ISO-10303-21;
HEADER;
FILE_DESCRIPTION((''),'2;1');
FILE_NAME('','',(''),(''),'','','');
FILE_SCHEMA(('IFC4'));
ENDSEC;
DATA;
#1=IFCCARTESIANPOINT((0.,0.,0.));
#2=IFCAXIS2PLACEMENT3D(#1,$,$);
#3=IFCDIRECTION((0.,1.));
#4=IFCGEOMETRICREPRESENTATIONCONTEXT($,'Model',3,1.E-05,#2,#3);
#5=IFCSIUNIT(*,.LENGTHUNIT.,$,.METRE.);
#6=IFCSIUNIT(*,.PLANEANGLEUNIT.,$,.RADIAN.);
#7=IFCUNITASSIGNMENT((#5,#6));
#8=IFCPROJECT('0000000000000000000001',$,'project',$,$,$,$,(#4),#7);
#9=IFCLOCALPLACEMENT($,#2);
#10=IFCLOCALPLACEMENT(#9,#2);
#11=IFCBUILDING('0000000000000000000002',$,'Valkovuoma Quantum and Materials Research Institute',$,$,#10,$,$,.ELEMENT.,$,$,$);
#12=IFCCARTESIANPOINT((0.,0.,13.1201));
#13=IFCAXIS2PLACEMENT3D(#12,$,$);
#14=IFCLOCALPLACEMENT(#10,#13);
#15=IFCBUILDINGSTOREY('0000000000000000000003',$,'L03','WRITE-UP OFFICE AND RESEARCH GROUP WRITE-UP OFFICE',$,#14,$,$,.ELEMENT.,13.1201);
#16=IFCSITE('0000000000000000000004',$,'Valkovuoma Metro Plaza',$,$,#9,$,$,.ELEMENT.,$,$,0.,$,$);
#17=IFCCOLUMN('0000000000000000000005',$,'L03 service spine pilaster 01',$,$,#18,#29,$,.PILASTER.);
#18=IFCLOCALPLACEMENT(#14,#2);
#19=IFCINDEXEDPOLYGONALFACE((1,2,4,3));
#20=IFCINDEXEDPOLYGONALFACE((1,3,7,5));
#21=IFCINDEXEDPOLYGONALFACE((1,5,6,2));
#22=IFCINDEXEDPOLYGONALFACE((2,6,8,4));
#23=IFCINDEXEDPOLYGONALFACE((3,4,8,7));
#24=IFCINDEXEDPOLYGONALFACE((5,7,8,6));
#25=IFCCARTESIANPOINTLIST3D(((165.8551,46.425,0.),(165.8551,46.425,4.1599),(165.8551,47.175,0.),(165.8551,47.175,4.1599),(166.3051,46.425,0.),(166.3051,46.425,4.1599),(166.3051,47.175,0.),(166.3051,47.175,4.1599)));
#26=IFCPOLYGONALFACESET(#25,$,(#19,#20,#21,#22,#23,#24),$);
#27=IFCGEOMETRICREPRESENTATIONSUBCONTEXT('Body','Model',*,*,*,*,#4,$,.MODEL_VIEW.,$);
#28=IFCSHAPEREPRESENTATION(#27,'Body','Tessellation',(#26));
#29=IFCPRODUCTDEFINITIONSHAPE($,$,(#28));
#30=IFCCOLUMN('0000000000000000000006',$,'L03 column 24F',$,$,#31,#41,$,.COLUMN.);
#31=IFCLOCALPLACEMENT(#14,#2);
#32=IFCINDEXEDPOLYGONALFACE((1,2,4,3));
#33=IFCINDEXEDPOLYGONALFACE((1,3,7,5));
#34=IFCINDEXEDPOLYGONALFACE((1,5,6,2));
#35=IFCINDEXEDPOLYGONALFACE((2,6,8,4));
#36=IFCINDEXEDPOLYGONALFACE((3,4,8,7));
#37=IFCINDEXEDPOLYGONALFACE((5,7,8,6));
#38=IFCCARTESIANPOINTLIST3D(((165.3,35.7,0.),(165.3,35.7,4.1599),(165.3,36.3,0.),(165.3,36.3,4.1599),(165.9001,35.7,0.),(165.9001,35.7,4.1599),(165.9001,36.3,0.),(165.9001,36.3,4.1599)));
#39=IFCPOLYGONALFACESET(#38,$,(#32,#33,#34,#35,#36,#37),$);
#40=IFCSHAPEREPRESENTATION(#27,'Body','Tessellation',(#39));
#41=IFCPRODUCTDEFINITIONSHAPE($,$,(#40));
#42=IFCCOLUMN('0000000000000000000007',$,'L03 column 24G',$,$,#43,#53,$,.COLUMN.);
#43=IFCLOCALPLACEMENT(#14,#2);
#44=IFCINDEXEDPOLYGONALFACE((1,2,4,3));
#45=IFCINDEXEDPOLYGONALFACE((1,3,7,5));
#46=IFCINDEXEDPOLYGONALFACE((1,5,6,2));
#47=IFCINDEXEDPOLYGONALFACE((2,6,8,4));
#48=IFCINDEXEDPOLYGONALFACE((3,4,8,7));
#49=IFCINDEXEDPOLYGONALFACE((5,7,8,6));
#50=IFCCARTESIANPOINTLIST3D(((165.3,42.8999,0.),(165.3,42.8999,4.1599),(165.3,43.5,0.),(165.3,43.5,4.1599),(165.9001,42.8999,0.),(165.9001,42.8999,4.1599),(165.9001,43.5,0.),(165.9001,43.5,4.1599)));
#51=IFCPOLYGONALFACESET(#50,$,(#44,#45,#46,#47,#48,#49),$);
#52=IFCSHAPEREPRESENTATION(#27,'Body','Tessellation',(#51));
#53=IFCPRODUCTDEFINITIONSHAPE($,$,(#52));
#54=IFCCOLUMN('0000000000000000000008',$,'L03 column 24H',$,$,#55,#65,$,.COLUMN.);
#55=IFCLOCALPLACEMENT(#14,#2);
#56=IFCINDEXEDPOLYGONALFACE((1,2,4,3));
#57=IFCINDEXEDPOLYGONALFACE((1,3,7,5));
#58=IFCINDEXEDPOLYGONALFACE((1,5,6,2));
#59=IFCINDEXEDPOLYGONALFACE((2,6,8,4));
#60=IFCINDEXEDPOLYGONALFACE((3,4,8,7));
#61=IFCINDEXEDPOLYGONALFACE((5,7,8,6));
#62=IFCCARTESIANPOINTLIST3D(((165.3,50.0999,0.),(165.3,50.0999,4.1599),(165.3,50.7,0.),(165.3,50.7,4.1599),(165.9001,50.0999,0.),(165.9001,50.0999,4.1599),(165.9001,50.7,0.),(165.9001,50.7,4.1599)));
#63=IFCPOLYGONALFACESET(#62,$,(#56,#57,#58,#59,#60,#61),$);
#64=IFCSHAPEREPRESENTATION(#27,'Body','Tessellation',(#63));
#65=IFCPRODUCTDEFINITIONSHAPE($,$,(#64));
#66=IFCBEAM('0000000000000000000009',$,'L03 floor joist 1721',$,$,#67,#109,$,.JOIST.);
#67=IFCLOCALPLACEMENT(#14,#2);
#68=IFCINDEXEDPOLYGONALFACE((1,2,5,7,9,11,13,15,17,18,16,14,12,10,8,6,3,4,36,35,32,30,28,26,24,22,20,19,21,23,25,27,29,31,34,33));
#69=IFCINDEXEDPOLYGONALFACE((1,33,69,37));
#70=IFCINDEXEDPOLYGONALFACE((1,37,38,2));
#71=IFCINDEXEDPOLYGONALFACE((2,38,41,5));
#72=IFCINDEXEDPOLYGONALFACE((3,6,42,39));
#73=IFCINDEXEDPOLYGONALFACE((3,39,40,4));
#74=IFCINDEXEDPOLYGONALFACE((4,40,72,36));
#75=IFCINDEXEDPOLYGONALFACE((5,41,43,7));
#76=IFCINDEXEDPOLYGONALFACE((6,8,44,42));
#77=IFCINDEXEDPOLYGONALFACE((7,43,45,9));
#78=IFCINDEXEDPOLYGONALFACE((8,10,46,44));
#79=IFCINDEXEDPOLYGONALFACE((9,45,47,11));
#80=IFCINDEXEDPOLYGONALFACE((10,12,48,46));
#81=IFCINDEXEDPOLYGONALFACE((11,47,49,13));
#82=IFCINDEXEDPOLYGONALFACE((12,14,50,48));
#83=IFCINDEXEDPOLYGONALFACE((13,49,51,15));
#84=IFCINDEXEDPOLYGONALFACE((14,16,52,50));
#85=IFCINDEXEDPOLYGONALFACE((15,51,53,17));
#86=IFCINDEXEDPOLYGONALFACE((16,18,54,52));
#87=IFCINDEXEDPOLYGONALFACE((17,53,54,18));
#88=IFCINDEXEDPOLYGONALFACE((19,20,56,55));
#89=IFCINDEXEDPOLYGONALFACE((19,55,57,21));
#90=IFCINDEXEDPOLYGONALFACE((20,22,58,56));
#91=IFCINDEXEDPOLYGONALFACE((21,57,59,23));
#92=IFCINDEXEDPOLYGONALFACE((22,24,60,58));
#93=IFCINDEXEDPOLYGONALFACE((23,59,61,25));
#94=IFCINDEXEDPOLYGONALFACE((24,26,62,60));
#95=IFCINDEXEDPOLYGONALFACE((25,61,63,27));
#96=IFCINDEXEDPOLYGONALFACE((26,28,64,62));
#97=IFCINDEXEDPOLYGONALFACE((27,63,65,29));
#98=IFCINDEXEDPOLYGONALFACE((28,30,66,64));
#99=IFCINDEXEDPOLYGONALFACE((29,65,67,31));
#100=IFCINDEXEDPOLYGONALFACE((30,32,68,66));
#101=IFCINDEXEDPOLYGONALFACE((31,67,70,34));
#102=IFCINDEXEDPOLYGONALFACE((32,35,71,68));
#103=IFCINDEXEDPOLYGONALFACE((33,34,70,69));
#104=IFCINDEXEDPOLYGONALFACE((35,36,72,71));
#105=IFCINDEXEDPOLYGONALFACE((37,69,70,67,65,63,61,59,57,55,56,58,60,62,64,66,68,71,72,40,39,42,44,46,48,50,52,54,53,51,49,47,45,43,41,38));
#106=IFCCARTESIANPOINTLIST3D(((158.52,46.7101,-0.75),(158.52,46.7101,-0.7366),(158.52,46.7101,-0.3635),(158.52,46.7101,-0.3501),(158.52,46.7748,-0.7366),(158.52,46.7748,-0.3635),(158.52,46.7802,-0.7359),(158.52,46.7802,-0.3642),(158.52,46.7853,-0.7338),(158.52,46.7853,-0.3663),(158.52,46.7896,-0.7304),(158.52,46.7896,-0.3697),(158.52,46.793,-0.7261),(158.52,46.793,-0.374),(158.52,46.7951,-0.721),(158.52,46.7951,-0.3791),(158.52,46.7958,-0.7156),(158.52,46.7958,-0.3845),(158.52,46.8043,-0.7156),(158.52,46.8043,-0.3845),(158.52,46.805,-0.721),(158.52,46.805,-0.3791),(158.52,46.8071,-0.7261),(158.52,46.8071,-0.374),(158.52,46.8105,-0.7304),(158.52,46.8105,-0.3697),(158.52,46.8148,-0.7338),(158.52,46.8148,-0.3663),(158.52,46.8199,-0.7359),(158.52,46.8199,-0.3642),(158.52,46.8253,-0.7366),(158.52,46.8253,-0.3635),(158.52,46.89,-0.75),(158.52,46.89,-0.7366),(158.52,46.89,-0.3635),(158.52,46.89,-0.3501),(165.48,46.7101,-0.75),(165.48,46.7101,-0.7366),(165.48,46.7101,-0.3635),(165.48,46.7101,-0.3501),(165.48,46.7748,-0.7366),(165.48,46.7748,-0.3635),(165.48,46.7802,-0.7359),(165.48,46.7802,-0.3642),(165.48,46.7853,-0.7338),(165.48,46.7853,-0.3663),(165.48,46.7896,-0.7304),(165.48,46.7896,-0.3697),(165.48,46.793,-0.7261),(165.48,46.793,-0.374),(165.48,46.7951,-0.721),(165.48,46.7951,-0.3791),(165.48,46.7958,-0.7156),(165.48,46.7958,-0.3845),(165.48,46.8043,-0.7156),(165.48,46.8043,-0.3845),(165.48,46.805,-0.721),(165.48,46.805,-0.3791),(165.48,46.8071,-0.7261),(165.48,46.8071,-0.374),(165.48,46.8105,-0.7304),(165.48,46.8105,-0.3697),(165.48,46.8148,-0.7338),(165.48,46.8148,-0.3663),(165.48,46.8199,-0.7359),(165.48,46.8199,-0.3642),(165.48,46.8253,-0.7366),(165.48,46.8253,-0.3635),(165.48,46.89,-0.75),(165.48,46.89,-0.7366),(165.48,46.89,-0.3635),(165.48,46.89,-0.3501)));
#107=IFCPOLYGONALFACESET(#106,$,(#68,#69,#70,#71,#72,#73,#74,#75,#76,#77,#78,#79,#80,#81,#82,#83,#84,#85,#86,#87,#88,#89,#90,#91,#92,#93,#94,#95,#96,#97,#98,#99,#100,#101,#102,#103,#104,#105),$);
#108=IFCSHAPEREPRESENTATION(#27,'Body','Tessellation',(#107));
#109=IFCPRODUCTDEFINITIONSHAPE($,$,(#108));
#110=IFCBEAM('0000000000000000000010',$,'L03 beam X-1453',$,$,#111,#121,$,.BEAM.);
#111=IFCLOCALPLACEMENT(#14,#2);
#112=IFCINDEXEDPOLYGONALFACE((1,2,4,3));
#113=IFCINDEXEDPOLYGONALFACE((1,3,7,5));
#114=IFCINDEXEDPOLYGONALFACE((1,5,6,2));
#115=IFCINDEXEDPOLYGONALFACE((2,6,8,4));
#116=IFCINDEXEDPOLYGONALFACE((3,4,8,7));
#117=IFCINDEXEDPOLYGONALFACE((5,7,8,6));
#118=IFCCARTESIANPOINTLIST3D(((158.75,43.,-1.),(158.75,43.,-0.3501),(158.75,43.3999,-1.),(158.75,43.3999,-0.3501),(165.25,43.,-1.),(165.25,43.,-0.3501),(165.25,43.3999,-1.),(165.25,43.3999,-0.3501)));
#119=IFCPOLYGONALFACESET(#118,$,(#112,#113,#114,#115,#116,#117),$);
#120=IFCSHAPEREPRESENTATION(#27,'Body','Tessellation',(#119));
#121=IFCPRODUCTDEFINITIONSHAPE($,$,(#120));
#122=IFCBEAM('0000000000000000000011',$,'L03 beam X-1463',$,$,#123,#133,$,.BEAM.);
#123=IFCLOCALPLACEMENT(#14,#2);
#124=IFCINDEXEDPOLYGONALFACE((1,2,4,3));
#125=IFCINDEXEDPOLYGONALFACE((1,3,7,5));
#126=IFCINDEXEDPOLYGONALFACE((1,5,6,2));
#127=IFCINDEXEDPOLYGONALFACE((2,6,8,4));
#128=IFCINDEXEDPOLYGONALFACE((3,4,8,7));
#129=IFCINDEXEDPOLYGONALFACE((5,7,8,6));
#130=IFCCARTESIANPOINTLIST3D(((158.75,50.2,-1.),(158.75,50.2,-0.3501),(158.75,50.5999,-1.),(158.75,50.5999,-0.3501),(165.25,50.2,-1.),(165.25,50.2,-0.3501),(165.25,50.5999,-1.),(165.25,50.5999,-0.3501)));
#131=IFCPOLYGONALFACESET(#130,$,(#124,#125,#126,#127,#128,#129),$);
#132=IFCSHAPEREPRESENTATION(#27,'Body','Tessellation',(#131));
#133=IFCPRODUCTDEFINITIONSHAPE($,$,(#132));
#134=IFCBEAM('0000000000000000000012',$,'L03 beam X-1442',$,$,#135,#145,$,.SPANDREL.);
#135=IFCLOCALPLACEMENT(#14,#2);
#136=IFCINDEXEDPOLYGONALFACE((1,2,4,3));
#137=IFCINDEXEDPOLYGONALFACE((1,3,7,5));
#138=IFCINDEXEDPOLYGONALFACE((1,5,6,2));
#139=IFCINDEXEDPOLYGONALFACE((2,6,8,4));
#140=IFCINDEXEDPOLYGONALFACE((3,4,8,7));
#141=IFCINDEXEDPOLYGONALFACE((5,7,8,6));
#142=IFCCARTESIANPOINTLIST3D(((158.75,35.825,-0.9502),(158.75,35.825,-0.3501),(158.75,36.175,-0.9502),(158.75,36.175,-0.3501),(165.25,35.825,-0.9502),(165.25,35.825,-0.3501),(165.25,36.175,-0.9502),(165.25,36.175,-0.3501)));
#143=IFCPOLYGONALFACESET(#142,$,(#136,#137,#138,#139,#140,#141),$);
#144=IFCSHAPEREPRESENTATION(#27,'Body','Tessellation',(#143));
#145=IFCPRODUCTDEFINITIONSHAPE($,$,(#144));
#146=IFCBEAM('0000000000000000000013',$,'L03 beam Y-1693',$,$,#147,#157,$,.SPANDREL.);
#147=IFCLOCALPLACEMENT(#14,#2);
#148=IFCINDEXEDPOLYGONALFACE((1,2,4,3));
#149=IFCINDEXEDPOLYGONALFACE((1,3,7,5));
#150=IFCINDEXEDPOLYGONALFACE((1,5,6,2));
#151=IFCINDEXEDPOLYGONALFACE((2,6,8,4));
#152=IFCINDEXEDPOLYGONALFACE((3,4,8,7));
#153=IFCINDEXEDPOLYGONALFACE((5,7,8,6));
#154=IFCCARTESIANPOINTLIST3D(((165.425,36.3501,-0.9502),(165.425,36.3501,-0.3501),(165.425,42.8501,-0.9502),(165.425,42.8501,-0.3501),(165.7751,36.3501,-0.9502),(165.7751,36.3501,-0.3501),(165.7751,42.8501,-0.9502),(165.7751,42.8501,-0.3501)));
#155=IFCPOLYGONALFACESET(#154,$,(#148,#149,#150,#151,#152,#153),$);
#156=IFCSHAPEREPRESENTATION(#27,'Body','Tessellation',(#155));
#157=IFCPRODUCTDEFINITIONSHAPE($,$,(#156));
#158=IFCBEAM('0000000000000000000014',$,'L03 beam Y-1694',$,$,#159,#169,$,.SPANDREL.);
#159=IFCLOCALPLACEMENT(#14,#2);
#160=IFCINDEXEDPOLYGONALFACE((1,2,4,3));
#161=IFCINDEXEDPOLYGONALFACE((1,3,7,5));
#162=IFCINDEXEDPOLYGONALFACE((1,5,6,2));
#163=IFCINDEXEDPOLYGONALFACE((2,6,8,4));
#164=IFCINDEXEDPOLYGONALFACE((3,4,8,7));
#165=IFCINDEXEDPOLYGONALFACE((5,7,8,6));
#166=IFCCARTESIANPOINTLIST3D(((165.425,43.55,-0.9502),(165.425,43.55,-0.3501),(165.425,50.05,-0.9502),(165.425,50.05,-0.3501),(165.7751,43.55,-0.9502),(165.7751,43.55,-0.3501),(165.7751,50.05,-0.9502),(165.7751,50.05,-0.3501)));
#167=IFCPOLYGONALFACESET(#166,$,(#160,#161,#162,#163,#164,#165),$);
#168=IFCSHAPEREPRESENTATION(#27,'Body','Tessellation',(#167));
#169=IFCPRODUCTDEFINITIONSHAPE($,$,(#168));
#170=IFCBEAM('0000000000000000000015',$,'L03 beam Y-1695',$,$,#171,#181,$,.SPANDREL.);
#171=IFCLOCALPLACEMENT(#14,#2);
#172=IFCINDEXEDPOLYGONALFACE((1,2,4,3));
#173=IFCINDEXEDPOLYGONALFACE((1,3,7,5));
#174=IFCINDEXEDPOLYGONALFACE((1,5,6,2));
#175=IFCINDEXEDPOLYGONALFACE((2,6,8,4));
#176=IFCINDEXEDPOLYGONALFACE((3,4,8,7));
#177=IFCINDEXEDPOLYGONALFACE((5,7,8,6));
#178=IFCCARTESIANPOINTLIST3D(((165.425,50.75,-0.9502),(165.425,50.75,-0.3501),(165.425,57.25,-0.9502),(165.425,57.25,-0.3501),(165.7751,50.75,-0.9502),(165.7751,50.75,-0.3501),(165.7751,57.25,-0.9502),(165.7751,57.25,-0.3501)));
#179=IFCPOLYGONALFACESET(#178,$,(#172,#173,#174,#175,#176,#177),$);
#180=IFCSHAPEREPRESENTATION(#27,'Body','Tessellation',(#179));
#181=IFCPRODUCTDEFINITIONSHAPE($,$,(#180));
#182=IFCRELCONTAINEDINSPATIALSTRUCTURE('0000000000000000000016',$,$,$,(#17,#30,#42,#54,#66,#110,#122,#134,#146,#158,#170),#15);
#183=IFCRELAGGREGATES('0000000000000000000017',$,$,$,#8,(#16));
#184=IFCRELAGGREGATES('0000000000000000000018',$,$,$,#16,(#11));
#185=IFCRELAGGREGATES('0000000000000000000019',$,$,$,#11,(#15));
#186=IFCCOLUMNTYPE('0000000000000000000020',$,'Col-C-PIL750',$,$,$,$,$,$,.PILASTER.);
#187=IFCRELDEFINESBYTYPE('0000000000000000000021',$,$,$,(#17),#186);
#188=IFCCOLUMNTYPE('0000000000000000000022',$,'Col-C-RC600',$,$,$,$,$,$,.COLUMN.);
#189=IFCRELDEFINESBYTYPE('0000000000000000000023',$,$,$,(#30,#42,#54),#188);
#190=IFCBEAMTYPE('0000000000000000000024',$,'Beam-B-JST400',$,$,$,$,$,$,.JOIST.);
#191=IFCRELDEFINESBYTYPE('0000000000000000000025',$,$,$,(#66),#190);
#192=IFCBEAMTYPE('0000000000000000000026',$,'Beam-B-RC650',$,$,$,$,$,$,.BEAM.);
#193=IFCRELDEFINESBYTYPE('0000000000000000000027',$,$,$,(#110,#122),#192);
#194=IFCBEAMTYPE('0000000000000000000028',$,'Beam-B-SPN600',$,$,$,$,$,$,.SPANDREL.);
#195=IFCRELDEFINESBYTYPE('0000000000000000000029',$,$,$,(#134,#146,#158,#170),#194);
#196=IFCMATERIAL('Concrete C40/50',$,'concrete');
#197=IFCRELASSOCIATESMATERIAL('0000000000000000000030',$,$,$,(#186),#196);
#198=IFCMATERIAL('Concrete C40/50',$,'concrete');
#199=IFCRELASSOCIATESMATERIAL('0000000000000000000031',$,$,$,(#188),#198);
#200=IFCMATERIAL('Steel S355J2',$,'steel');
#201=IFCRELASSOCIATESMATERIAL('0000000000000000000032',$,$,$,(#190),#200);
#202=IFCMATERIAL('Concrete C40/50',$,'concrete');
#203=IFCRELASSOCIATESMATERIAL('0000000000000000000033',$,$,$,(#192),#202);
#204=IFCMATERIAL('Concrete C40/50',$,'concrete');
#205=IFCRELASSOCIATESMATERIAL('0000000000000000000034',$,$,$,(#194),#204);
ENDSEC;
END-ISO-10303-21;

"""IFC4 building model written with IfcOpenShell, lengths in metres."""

from ifc_helpers import new_model, si_unit, direction, frame, origin, origin_2d, place, context, subcontext, project, spatial, rectangle, i_section, extrude, material, material_profile, profile_set, type_object, element, save


model = new_model("IFC4")

# Units and contexts
model_context = context("Model", 3, precision=1e-05, world=origin(), true_north=direction((0.0, 1.0)))
body_context = subcontext(model_context, "Body", "Model", "MODEL_VIEW")
ifc_project = project(units=[si_unit("LENGTHUNIT", "METRE"), si_unit("PLANEANGLEUNIT", "RADIAN")], contexts=[model_context])

# Site, building, storey
site_placement = place(None, origin())
site = spatial("IfcSite", under=ifc_project, at=site_placement, Name="Valkovuoma Metro Plaza", CompositionType="ELEMENT", RefElevation=0.0)
building_placement = place(site_placement, origin())
building = spatial("IfcBuilding", under=site, at=building_placement, Name="Valkovuoma Quantum and Materials Research Institute", CompositionType="ELEMENT")
storey_placement = place(building_placement, frame((0.0, 0.0, 13.1201)))
storey = spatial("IfcBuildingStorey", under=building, at=storey_placement, Name="L03", Description="WRITE-UP OFFICE AND RESEARCH GROUP WRITE-UP OFFICE", CompositionType="ELEMENT", Elevation=13.1201)

# Columns
ifc_material_1 = material(Name="Concrete C40/50", Category="concrete")
ifc_material_profile_1 = material_profile(ifc_material_1, rectangle(XDim=0.45, YDim=0.75, at=origin_2d()), Name="Concrete C40/50")
ifc_profile_set_1 = profile_set([ifc_material_profile_1], Name="Concrete C40/50")
column_type_1 = type_object("IfcColumnType", Name="Col-C-PIL750", PredefinedType="PILASTER", material=ifc_profile_set_1)
column_placement = place(storey_placement, frame((166.0801, 46.8, 0.0), z_axis=(0.0, 0.0, 1.0), x_axis=(1.0, 0.0, 0.0)))
element("IfcColumn", 1, at=column_placement, inside=storey, type_object=column_type_1, Name="L03 service spine pilaster 01", PredefinedType="PILASTER", context=body_context, shape_type="SweptSolid", body=[
    extrude(rectangle(XDim=0.45, YDim=0.75, at=origin_2d()), origin(), (0.0, 0.0, 1.0), 4.1599),
])
ifc_material_2 = material(Name="Concrete C40/50", Category="concrete")
ifc_material_profile_2 = material_profile(ifc_material_2, rectangle(XDim=0.6001, YDim=0.6001, at=origin_2d()), Name="Concrete C40/50")
ifc_profile_set_2 = profile_set([ifc_material_profile_2], Name="Concrete C40/50")
column_type_2 = type_object("IfcColumnType", Name="Col-C-RC600", PredefinedType="COLUMN", material=ifc_profile_set_2)
for number, where, z_axis, x_axis, name in (
    (2, (165.6001, 36.0, 0.0), (0.0, 0.0, 1.0), (1.0, 0.0, 0.0), "L03 column 24F"),
    (3, (165.6001, 43.2, 0.0), (0.0, 0.0, 1.0), (1.0, 0.0, 0.0), "L03 column 24G"),
    (4, (165.6001, 50.3999, 0.0), (0.0, 0.0, 1.0), (1.0, 0.0, 0.0), "L03 column 24H"),
):
    element("IfcColumn", number, at=place(storey_placement, frame(where, z_axis=z_axis, x_axis=x_axis)), inside=storey, type_object=column_type_2, Name=name, PredefinedType="COLUMN", context=body_context, shape_type="SweptSolid", body=[
        extrude(rectangle(XDim=0.6001, YDim=0.6001, at=origin_2d()), origin(), (0.0, 0.0, 1.0), 4.1599),
    ])

# Beams
ifc_material_3 = material(Name="Steel S355J2", Category="steel")
ifc_material_profile_3 = material_profile(ifc_material_3, i_section(OverallWidth=0.1799, OverallDepth=0.3999, WebThickness=0.0085, FlangeThickness=0.0134, FilletRadius=0.021, at=origin_2d()), Name="Steel S355J2")
ifc_profile_set_3 = profile_set([ifc_material_profile_3], Name="Steel S355J2")
beam_type_1 = type_object("IfcBeamType", Name="Beam-B-JST400", PredefinedType="JOIST", material=ifc_profile_set_3)
beam_placement = place(storey_placement, frame((158.52, 46.8, -0.55), z_axis=(1.0, 0.0, 0.0), x_axis=(0.0, 1.0, 0.0)))
element("IfcBeam", 5, at=beam_placement, inside=storey, type_object=beam_type_1, Name="L03 floor joist 1721", PredefinedType="JOIST", context=body_context, shape_type="SweptSolid", body=[
    extrude(i_section(OverallWidth=0.1799, OverallDepth=0.3999, WebThickness=0.0085, FlangeThickness=0.0134, FilletRadius=0.021, at=origin_2d()), origin(), (0.0, 0.0, 1.0), 6.96),
])
ifc_material_4 = material(Name="Concrete C40/50", Category="concrete")
ifc_material_profile_4 = material_profile(ifc_material_4, rectangle(XDim=0.3999, YDim=0.6499, at=origin_2d()), Name="Concrete C40/50")
ifc_profile_set_4 = profile_set([ifc_material_profile_4], Name="Concrete C40/50")
beam_type_2 = type_object("IfcBeamType", Name="Beam-B-RC650", PredefinedType="BEAM", material=ifc_profile_set_4)
for number, where, z_axis, x_axis, name in (
    (6, (158.75, 43.2, -0.675), (1.0, 0.0, 0.0), (0.0, 1.0, 0.0), "L03 beam X-1453"),
    (7, (158.75, 50.3999, -0.675), (1.0, 0.0, 0.0), (0.0, 1.0, 0.0), "L03 beam X-1463"),
):
    element("IfcBeam", number, at=place(storey_placement, frame(where, z_axis=z_axis, x_axis=x_axis)), inside=storey, type_object=beam_type_2, Name=name, PredefinedType="BEAM", context=body_context, shape_type="SweptSolid", body=[
        extrude(rectangle(XDim=0.3999, YDim=0.6499, at=origin_2d()), origin(), (0.0, 0.0, 1.0), 6.5),
    ])
ifc_material_5 = material(Name="Concrete C40/50", Category="concrete")
ifc_material_profile_5 = material_profile(ifc_material_5, rectangle(XDim=0.3501, YDim=0.6001, at=origin_2d()), Name="Concrete C40/50")
ifc_profile_set_5 = profile_set([ifc_material_profile_5], Name="Concrete C40/50")
beam_type_3 = type_object("IfcBeamType", Name="Beam-B-SPN600", PredefinedType="SPANDREL", material=ifc_profile_set_5)
for number, where, z_axis, x_axis, name in (
    (8, (158.75, 36.0, -0.6501), (1.0, 0.0, 0.0), (0.0, 1.0, 0.0), "L03 beam X-1442"),
    (9, (165.6001, 36.3501, -0.6501), (0.0, 1.0, 0.0), (-1.0, 0.0, 0.0), "L03 beam Y-1693"),
    (10, (165.6001, 43.55, -0.6501), (0.0, 1.0, 0.0), (-1.0, 0.0, 0.0), "L03 beam Y-1694"),
    (11, (165.6001, 50.75, -0.6501), (0.0, 1.0, 0.0), (-1.0, 0.0, 0.0), "L03 beam Y-1695"),
):
    element("IfcBeam", number, at=place(storey_placement, frame(where, z_axis=z_axis, x_axis=x_axis)), inside=storey, type_object=beam_type_3, Name=name, PredefinedType="SPANDREL", context=body_context, shape_type="SweptSolid", body=[
        extrude(rectangle(XDim=0.3501, YDim=0.6001, at=origin_2d()), origin(), (0.0, 0.0, 1.0), 6.5),
    ])

save(model, "model.ifc")
